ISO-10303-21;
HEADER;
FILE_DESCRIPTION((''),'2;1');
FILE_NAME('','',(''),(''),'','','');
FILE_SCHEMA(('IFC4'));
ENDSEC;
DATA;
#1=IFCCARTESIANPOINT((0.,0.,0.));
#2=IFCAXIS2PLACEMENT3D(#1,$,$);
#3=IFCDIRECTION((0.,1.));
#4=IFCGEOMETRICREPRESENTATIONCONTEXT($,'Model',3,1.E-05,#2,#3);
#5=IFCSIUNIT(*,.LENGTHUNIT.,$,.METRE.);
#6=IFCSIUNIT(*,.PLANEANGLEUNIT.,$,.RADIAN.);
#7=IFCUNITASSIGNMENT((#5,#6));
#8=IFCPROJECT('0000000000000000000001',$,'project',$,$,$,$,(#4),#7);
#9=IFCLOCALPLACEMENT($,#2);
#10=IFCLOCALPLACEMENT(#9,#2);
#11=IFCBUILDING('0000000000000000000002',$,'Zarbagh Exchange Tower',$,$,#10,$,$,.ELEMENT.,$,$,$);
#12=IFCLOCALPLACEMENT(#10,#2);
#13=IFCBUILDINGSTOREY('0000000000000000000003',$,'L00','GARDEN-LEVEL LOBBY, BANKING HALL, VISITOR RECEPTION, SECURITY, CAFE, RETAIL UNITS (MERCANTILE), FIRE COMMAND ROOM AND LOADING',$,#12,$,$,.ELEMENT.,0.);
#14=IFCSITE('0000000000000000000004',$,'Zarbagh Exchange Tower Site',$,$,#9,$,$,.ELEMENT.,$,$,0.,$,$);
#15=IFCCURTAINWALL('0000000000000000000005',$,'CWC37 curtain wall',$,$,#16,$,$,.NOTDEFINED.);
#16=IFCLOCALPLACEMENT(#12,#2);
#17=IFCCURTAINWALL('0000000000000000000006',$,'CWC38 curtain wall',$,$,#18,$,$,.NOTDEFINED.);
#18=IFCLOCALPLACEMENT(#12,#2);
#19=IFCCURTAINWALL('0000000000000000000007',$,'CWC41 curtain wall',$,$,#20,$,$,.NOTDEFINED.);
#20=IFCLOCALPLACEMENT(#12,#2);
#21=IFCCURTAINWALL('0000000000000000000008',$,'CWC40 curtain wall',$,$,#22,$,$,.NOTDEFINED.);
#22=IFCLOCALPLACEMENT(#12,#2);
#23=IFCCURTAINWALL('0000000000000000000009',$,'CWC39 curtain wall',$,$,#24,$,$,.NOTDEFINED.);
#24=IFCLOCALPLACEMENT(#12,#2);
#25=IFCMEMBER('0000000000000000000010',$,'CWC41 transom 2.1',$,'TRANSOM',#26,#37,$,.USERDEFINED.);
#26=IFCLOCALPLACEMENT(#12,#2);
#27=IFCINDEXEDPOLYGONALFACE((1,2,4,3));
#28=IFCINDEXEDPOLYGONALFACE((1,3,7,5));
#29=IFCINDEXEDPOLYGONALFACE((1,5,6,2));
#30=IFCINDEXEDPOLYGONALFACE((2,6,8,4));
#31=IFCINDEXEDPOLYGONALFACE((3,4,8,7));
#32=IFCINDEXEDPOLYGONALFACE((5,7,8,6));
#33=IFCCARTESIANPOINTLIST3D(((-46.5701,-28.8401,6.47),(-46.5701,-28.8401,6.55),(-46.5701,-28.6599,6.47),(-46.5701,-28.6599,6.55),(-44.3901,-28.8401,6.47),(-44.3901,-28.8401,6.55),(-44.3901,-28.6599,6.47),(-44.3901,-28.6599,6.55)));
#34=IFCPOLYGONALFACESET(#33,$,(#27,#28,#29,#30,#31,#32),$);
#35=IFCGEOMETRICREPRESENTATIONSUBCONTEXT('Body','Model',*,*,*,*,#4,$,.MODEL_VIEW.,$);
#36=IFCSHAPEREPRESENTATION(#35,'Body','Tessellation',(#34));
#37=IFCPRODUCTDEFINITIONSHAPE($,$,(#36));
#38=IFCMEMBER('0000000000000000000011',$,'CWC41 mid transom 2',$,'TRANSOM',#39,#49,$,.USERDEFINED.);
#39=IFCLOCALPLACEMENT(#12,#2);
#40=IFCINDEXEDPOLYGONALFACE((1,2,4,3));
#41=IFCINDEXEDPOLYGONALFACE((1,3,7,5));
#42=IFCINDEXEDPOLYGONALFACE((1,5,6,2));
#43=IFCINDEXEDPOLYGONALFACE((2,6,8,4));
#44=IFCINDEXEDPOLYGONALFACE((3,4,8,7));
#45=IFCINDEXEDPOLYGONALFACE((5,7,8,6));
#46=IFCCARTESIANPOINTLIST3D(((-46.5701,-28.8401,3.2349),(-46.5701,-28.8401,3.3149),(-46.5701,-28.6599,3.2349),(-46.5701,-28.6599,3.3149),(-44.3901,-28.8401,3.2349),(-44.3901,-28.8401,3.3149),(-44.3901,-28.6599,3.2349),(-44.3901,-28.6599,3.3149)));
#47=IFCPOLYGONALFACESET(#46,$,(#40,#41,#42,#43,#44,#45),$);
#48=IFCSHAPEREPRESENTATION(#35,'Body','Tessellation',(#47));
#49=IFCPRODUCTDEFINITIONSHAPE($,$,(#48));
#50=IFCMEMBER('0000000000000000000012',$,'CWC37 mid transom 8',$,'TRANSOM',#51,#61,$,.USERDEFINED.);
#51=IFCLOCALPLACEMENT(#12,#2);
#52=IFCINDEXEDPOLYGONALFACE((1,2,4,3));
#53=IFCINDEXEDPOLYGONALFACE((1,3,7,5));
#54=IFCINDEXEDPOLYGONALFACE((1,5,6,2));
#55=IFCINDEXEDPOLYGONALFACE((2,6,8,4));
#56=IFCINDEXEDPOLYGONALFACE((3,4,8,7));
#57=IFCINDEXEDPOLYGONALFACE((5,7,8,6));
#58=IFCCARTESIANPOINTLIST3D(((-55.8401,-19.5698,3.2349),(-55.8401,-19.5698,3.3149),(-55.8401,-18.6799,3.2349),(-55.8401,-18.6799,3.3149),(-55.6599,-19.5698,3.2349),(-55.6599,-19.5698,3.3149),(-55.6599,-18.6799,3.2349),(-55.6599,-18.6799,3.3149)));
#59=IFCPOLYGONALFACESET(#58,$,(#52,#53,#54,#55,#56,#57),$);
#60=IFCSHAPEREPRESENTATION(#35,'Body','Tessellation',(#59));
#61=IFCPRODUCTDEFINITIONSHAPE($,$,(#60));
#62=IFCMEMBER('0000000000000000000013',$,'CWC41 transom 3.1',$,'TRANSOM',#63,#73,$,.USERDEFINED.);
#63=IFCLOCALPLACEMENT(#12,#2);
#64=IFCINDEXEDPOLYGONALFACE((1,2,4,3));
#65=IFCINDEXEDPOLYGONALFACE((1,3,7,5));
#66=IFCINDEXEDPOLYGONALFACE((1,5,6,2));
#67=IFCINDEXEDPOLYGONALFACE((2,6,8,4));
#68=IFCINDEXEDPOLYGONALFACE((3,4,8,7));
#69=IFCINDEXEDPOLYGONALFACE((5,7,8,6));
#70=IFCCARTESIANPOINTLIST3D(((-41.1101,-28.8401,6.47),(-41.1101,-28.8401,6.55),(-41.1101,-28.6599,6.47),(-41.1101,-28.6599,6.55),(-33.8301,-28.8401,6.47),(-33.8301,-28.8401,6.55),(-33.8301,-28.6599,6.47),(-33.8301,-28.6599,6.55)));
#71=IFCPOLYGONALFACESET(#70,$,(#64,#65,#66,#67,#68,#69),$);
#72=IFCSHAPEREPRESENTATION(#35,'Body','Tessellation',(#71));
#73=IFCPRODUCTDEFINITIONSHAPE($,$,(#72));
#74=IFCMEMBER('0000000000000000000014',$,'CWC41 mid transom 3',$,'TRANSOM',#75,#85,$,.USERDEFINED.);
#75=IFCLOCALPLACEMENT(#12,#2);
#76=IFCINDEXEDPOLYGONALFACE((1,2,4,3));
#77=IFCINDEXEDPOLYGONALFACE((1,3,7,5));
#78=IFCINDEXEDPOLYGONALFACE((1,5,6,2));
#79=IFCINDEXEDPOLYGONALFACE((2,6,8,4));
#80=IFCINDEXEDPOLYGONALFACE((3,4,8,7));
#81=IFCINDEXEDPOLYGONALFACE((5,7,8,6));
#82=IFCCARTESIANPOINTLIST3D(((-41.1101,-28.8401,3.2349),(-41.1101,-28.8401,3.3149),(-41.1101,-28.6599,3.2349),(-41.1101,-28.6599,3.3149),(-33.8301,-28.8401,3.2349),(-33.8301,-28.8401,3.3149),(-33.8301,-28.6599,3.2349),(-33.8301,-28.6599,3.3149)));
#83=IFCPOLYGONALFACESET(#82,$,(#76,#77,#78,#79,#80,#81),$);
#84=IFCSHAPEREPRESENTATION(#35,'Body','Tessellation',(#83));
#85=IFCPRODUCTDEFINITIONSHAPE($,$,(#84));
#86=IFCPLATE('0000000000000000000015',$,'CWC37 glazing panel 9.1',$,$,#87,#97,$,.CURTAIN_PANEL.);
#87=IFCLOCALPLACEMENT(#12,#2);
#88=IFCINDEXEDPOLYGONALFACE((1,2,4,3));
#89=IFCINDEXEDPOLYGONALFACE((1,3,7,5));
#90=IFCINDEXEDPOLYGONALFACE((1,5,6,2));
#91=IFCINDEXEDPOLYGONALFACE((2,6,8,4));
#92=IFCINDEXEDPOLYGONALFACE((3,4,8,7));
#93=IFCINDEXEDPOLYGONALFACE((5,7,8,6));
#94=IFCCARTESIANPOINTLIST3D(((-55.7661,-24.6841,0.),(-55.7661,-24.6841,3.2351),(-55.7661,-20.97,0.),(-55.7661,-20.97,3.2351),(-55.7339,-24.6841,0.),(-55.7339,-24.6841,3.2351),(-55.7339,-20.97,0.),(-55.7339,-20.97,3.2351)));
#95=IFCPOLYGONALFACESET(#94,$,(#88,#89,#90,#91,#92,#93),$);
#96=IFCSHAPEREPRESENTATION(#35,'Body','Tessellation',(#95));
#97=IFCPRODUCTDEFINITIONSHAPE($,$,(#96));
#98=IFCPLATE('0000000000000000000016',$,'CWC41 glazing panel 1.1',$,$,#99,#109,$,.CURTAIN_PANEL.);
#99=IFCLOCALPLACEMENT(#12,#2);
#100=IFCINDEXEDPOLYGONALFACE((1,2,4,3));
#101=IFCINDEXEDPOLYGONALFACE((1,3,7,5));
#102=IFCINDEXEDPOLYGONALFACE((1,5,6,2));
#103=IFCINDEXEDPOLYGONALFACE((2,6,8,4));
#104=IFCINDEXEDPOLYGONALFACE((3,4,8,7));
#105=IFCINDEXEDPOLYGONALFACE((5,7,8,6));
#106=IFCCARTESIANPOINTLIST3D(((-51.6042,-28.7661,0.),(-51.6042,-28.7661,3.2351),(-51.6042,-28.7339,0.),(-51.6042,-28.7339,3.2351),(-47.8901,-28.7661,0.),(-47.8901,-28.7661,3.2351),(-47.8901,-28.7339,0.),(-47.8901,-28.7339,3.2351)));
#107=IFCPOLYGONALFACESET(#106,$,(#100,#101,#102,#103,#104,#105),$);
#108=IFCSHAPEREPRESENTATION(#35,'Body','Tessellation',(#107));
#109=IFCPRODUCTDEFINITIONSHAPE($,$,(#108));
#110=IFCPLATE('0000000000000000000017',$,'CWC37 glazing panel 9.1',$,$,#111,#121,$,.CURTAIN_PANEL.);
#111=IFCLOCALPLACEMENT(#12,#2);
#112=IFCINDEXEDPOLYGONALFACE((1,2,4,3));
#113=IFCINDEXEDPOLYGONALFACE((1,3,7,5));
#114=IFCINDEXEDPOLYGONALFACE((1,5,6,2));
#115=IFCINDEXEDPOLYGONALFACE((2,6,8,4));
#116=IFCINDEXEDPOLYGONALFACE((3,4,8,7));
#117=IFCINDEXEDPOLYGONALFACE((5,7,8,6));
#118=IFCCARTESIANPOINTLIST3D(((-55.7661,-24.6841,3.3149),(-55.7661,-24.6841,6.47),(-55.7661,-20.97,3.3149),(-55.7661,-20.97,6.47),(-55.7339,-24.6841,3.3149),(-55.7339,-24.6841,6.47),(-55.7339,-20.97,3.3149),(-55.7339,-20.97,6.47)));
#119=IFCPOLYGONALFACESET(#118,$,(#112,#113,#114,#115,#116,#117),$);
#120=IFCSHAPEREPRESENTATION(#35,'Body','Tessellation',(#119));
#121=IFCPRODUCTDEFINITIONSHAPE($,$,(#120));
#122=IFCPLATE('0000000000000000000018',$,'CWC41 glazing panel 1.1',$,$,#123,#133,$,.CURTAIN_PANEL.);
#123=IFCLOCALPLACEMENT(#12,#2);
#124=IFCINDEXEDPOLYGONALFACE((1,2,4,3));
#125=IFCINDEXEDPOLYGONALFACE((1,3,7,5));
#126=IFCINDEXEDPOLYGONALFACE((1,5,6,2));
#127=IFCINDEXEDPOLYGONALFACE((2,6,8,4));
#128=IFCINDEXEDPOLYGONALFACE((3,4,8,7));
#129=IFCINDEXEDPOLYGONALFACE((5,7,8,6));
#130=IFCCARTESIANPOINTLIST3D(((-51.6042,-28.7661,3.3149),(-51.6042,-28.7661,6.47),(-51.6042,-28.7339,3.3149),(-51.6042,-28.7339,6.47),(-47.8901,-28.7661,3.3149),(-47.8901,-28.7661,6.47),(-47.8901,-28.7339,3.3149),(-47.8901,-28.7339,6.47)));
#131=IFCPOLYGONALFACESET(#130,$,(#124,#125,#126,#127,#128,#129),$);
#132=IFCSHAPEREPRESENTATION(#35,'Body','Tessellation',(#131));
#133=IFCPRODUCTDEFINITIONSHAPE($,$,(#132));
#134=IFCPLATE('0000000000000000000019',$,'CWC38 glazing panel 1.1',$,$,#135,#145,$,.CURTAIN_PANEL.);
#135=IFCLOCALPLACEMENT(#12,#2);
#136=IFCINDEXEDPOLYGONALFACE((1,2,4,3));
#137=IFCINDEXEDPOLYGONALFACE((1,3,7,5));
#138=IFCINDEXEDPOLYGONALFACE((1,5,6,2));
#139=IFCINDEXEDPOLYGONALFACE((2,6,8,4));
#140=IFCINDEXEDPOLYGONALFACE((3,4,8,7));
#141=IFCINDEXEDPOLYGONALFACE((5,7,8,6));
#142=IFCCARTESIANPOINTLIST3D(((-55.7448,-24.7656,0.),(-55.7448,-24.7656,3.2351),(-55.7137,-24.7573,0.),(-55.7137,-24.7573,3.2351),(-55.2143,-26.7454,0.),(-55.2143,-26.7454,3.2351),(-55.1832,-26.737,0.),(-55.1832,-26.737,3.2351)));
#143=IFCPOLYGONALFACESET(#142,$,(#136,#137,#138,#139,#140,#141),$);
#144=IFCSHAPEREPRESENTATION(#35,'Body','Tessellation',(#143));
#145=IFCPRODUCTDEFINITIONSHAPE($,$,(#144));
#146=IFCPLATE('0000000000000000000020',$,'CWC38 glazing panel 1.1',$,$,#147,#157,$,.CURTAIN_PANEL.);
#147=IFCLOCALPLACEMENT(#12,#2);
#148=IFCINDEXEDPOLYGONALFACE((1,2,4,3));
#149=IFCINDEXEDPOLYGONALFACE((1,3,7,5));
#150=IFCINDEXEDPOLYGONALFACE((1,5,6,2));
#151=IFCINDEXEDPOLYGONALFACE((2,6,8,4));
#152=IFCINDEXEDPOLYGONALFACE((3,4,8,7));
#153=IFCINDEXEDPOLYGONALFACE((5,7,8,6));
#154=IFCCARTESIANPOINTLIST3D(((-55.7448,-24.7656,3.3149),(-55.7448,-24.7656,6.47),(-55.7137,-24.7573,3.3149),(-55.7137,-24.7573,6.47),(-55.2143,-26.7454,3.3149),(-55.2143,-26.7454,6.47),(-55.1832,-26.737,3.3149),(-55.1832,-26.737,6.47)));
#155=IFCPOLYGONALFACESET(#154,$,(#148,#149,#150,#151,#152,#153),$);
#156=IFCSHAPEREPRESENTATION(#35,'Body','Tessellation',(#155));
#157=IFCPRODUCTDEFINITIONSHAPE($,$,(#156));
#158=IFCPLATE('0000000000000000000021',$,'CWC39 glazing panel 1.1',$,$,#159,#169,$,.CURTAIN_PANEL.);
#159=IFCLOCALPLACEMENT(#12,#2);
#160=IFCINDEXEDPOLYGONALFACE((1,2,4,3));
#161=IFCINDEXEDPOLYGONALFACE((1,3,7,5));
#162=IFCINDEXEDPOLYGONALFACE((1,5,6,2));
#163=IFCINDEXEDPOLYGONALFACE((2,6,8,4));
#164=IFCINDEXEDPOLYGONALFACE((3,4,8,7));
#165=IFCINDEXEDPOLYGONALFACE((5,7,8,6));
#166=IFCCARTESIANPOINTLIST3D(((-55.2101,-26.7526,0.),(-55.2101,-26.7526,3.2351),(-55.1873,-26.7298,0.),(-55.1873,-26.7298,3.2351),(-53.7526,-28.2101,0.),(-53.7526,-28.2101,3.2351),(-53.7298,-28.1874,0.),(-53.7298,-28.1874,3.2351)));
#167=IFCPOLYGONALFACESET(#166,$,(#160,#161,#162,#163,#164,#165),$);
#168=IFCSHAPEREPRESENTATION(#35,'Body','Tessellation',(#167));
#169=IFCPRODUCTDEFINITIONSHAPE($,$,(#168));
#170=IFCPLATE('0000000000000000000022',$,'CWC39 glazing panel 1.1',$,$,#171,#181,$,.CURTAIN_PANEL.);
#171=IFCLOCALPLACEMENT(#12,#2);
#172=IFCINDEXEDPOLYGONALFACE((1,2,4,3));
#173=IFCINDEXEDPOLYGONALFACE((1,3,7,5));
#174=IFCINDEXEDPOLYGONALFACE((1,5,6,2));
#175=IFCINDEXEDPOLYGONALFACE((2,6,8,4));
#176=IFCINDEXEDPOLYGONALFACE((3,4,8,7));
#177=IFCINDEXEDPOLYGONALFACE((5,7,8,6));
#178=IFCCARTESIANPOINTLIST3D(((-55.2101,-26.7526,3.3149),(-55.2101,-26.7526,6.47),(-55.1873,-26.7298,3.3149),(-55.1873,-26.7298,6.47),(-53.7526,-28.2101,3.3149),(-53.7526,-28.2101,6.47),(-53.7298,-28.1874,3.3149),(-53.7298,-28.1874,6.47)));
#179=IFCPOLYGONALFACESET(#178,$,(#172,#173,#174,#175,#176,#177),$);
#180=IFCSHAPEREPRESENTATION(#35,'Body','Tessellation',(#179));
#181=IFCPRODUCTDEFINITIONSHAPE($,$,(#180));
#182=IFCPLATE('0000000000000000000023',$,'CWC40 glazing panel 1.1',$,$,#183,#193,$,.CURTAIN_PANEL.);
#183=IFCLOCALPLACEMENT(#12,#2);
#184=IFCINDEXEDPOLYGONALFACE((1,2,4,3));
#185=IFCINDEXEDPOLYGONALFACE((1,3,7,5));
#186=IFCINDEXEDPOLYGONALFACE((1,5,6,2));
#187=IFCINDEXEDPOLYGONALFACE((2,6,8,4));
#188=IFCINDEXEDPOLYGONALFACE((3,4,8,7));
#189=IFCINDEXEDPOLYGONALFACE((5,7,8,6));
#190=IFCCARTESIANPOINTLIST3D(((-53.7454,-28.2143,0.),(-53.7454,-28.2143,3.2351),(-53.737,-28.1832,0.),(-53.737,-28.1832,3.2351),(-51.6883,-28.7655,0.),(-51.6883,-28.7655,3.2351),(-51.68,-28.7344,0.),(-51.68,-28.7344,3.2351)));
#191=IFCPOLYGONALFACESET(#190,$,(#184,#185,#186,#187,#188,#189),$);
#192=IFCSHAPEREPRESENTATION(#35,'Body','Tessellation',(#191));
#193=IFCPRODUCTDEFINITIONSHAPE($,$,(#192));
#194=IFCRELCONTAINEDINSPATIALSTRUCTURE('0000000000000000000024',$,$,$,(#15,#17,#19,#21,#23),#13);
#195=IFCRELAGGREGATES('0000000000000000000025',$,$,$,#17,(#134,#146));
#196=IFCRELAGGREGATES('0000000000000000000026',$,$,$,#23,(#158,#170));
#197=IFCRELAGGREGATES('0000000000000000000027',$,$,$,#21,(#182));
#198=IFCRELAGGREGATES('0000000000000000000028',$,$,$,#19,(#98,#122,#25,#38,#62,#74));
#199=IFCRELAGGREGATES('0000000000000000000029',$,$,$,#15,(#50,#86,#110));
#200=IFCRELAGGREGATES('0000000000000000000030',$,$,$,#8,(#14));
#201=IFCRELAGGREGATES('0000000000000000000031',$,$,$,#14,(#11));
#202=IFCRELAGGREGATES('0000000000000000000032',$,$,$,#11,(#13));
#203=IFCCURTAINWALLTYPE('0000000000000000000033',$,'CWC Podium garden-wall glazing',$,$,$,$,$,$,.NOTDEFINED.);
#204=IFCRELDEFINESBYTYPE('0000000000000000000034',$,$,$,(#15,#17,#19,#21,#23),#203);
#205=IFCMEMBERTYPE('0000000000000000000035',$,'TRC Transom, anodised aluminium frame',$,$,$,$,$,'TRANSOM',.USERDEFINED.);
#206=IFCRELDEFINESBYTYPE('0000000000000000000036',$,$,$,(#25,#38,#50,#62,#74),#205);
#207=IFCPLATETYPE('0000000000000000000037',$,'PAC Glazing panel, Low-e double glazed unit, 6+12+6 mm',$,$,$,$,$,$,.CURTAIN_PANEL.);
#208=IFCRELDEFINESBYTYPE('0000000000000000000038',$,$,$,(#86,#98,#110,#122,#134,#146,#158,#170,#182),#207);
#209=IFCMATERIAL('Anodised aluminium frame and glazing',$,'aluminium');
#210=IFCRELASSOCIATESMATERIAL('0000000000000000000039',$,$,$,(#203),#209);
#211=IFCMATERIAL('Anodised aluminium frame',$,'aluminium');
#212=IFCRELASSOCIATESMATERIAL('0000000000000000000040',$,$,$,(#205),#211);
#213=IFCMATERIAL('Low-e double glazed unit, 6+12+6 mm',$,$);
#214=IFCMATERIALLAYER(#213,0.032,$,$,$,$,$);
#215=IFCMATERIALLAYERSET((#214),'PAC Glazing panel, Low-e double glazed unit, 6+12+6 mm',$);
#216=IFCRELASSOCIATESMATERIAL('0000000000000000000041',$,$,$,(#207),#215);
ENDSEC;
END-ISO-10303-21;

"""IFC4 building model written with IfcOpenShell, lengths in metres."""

from ifc_helpers import new_model, si_unit, direction, origin, place, context, subcontext, project, spatial, polyline, outline, extrude, source, transform, mapped, material, layer, layer_set, type_object, element, aggregate, save


model = new_model("IFC4")

# Units and contexts
model_context = context("Model", 3, precision=1e-05, world=origin(), true_north=direction((0.0, 1.0)))
body_context = subcontext(model_context, "Body", "Model", "MODEL_VIEW")
ifc_project = project(units=[si_unit("LENGTHUNIT", "METRE"), si_unit("PLANEANGLEUNIT", "RADIAN")], contexts=[model_context])

# Site, building, storey
site_placement = place(None, origin())
site = spatial("IfcSite", under=ifc_project, at=site_placement, Name="Zarbagh Exchange Tower Site", CompositionType="ELEMENT", RefElevation=0.0)
building_placement = place(site_placement, origin())
building = spatial("IfcBuilding", under=site, at=building_placement, Name="Zarbagh Exchange Tower", CompositionType="ELEMENT")
storey_placement = place(building_placement, origin())
storey = spatial("IfcBuildingStorey", under=building, at=storey_placement, Name="L00", Description="GARDEN-LEVEL LOBBY, BANKING HALL, VISITOR RECEPTION, SECURITY, CAFE, RETAIL UNITS (MERCANTILE), FIRE COMMAND ROOM AND LOADING", CompositionType="ELEMENT", Elevation=0.0)

# Curtain walls
ifc_material_1 = material(Name="Anodised aluminium frame and glazing", Category="aluminium")
curtain_wall_type = type_object("IfcCurtainWallType", Name="CWC Podium garden-wall glazing", PredefinedType="NOTDEFINED", material=ifc_material_1)
curtain_wall_1_placement = place(storey_placement, origin())
curtain_wall_1 = element("IfcCurtainWall", 1, at=curtain_wall_1_placement, inside=storey, type_object=curtain_wall_type, Name="CWC37 curtain wall", PredefinedType="NOTDEFINED")
ifc_material_2 = material(Name="Anodised aluminium frame", Category="aluminium")
placement = place(storey_placement, origin())
curtain_wall_2_placement = place(storey_placement, origin())
curtain_wall_2 = element("IfcCurtainWall", 2, at=curtain_wall_2_placement, inside=storey, type_object=curtain_wall_type, Name="CWC38 curtain wall", PredefinedType="NOTDEFINED")

# Curtain wall
curtain_wall_3_placement = place(storey_placement, origin())
curtain_wall_3 = element("IfcCurtainWall", 3, at=curtain_wall_3_placement, inside=storey, type_object=curtain_wall_type, Name="CWC41 curtain wall", PredefinedType="NOTDEFINED")

# Shared definitions
member_type_1 = type_object("IfcMemberType", Name="TRC Transom, anodised aluminium frame", ElementType="TRANSOM", PredefinedType="USERDEFINED", material=ifc_material_2)

# Curtain wall
curtain_wall_4_placement = place(storey_placement, origin())
curtain_wall_4 = element("IfcCurtainWall", 4, at=curtain_wall_4_placement, inside=storey, type_object=curtain_wall_type, Name="CWC40 curtain wall", PredefinedType="NOTDEFINED")

# Curtain wall
curtain_wall_5_placement = place(storey_placement, origin())
curtain_wall_5 = element("IfcCurtainWall", 5, at=curtain_wall_5_placement, inside=storey, type_object=curtain_wall_type, Name="CWC39 curtain wall", PredefinedType="NOTDEFINED")

# Members
shared_shape_1 = source(origin(), body_context, "Body", "SweptSolid", [
    extrude(outline(polyline([(-0.0801, -0.0901), (0.0, -0.0901), (0.0, 0.0901), (-0.0801, 0.0901), (-0.0801, -0.0901)])), origin(), (0.0, 0.0, 1.0), 2.1799),
])
member_1 = element("IfcMember", 6, at=placement, type_object=member_type_1, Name="CWC41 transom 2.1", ObjectType="TRANSOM", PredefinedType="USERDEFINED", context=body_context, shape_type="MappedRepresentation", body=[
    mapped(shared_shape_1, transform((-46.5701, -28.75, 6.55), x_axis=(0.0, 0.0, 1.0), y_axis=(0.0, -1.0, 0.0), z_axis=(1.0, 0.0, 0.0))),
])
shared_shape_2 = source(origin(), body_context, "Body", "SweptSolid", [
    extrude(outline(polyline([(-0.04, -0.0901), (0.04, -0.0901), (0.04, 0.0901), (-0.04, 0.0901), (-0.04, -0.0901)])), origin(), (0.0, 0.0, 1.0), 2.1799),
])
member_2 = element("IfcMember", 7, at=placement, type_object=member_type_1, Name="CWC41 mid transom 2", ObjectType="TRANSOM", PredefinedType="USERDEFINED", context=body_context, shape_type="MappedRepresentation", body=[
    mapped(shared_shape_2, transform((-46.5701, -28.75, 3.2749), x_axis=(0.0, 0.0, 1.0), y_axis=(0.0, -1.0, 0.0), z_axis=(1.0, 0.0, 0.0))),
])
shared_shape_3 = source(origin(), body_context, "Body", "SweptSolid", [
    extrude(outline(polyline([(-0.04, -0.0901), (0.04, -0.0901), (0.04, 0.0901), (-0.04, 0.0901), (-0.04, -0.0901)])), origin(), (0.0, 0.0, 1.0), 0.8899),
])
member_3 = element("IfcMember", 8, at=placement, type_object=member_type_1, Name="CWC37 mid transom 8", ObjectType="TRANSOM", PredefinedType="USERDEFINED", context=body_context, shape_type="MappedRepresentation", body=[
    mapped(shared_shape_3, transform((-55.75, -18.6799, 3.2749), x_axis=(0.0, 0.0, 1.0), y_axis=(-1.0, 0.0, 0.0), z_axis=(0.0, -1.0, 0.0))),
])
shared_shape_4 = source(origin(), body_context, "Body", "SweptSolid", [
    extrude(outline(polyline([(-0.0801, -0.0901), (0.0, -0.0901), (0.0, 0.0901), (-0.0801, 0.0901), (-0.0801, -0.0901)])), origin(), (0.0, 0.0, 1.0), 7.28),
])
member_4 = element("IfcMember", 9, at=placement, type_object=member_type_1, Name="CWC41 transom 3.1", ObjectType="TRANSOM", PredefinedType="USERDEFINED", context=body_context, shape_type="MappedRepresentation", body=[
    mapped(shared_shape_4, transform((-41.1101, -28.75, 6.55), x_axis=(0.0, 0.0, 1.0), y_axis=(0.0, -1.0, 0.0), z_axis=(1.0, 0.0, 0.0))),
])
shared_shape_5 = source(origin(), body_context, "Body", "SweptSolid", [
    extrude(outline(polyline([(-0.04, -0.0901), (0.04, -0.0901), (0.04, 0.0901), (-0.04, 0.0901), (-0.04, -0.0901)])), origin(), (0.0, 0.0, 1.0), 7.28),
])
member_5 = element("IfcMember", 10, at=placement, type_object=member_type_1, Name="CWC41 mid transom 3", ObjectType="TRANSOM", PredefinedType="USERDEFINED", context=body_context, shape_type="MappedRepresentation", body=[
    mapped(shared_shape_5, transform((-41.1101, -28.75, 3.2749), x_axis=(0.0, 0.0, 1.0), y_axis=(0.0, -1.0, 0.0), z_axis=(1.0, 0.0, 0.0))),
])

# Plates
ifc_material_3 = material(Name="Low-e double glazed unit, 6+12+6 mm")
ifc_layer = layer(ifc_material_3, 0.032)
ifc_layer_set = layer_set([ifc_layer], Name="PAC Glazing panel, Low-e double glazed unit, 6+12+6 mm")
plate_type = type_object("IfcPlateType", Name="PAC Glazing panel, Low-e double glazed unit, 6+12+6 mm", PredefinedType="CURTAIN_PANEL", material=ifc_layer_set)
shared_shape_6 = source(origin(), body_context, "Body", "SweptSolid", [
    extrude(outline(polyline([(0.0, -0.0161), (3.7141, -0.0161), (3.7141, 0.0161), (0.0, 0.0161), (0.0, -0.0161)])), origin(), (0.0, 0.0, 1.0), 3.2351),
])
plate_1 = element("IfcPlate", 11, at=placement, type_object=plate_type, Name="CWC37 glazing panel 9.1", PredefinedType="CURTAIN_PANEL", context=body_context, shape_type="MappedRepresentation", body=[
    mapped(shared_shape_6, transform((-55.75, -20.97, 0.0), x_axis=(0.0, -1.0, 0.0), y_axis=(1.0, 0.0, 0.0), z_axis=(0.0, 0.0, 1.0))),
])
plate_2 = element("IfcPlate", 12, at=placement, type_object=plate_type, Name="CWC41 glazing panel 1.1", PredefinedType="CURTAIN_PANEL", context=body_context, shape_type="MappedRepresentation", body=[
    mapped(shared_shape_6, transform((-51.6042, -28.75, 0.0), x_axis=(1.0, 0.0, 0.0), y_axis=(0.0, 1.0, 0.0), z_axis=(0.0, 0.0, 1.0))),
])
shared_shape_7 = source(origin(), body_context, "Body", "SweptSolid", [
    extrude(outline(polyline([(0.0, -0.0161), (3.7141, -0.0161), (3.7141, 0.0161), (0.0, 0.0161), (0.0, -0.0161)])), origin(), (0.0, 0.0, 1.0), 3.155),
])
plate_3 = element("IfcPlate", 13, at=placement, type_object=plate_type, Name="CWC37 glazing panel 9.1", PredefinedType="CURTAIN_PANEL", context=body_context, shape_type="MappedRepresentation", body=[
    mapped(shared_shape_7, transform((-55.75, -20.97, 3.3149), x_axis=(0.0, -1.0, 0.0), y_axis=(1.0, 0.0, 0.0), z_axis=(0.0, 0.0, 1.0))),
])
plate_4 = element("IfcPlate", 14, at=placement, type_object=plate_type, Name="CWC41 glazing panel 1.1", PredefinedType="CURTAIN_PANEL", context=body_context, shape_type="MappedRepresentation", body=[
    mapped(shared_shape_7, transform((-51.6042, -28.75, 3.3149), x_axis=(1.0, 0.0, 0.0), y_axis=(0.0, 1.0, 0.0), z_axis=(0.0, 0.0, 1.0))),
])
shared_shape_8 = source(origin(), body_context, "Body", "SweptSolid", [
    extrude(outline(polyline([(0.0, -0.0161), (2.0496, -0.0161), (2.0496, 0.0161), (0.0, 0.0161), (0.0, -0.0161)])), origin(), (0.0, 0.0, 1.0), 3.2351),
])
plate_5 = element("IfcPlate", 15, at=placement, type_object=plate_type, Name="CWC38 glazing panel 1.1", PredefinedType="CURTAIN_PANEL", context=body_context, shape_type="MappedRepresentation", body=[
    mapped(shared_shape_8, transform((-55.7292, -24.7615, 0.0), x_axis=(0.258825, -0.965924, 0.0), y_axis=(0.965924, 0.258825, 0.0), z_axis=(0.0, 0.0, 1.0))),
])
shared_shape_9 = source(origin(), body_context, "Body", "SweptSolid", [
    extrude(outline(polyline([(0.0, -0.0161), (2.0496, -0.0161), (2.0496, 0.0161), (0.0, 0.0161), (0.0, -0.0161)])), origin(), (0.0, 0.0, 1.0), 3.155),
])
plate_6 = element("IfcPlate", 16, at=placement, type_object=plate_type, Name="CWC38 glazing panel 1.1", PredefinedType="CURTAIN_PANEL", context=body_context, shape_type="MappedRepresentation", body=[
    mapped(shared_shape_9, transform((-55.7292, -24.7615, 3.3149), x_axis=(0.258825, -0.965924, 0.0), y_axis=(0.965924, 0.258825, 0.0), z_axis=(0.0, 0.0, 1.0))),
])
aggregate(curtain_wall_2, [plate_5, plate_6])
shared_shape_10 = source(origin(), body_context, "Body", "SweptSolid", [
    extrude(outline(polyline([(0.0, -0.0161), (2.0613, -0.0161), (2.0613, 0.0161), (0.0, 0.0161), (0.0, -0.0161)])), origin(), (0.0, 0.0, 1.0), 3.2351),
])
plate_7 = element("IfcPlate", 17, at=placement, type_object=plate_type, Name="CWC39 glazing panel 1.1", PredefinedType="CURTAIN_PANEL", context=body_context, shape_type="MappedRepresentation", body=[
    mapped(shared_shape_10, transform((-55.1987, -26.7412, 0.0), x_axis=(0.707107, -0.707107, 0.0), y_axis=(0.707107, 0.707107, 0.0), z_axis=(0.0, 0.0, 1.0))),
])
shared_shape_11 = source(origin(), body_context, "Body", "SweptSolid", [
    extrude(outline(polyline([(0.0, -0.0161), (2.0613, -0.0161), (2.0613, 0.0161), (0.0, 0.0161), (0.0, -0.0161)])), origin(), (0.0, 0.0, 1.0), 3.155),
])
plate_8 = element("IfcPlate", 18, at=placement, type_object=plate_type, Name="CWC39 glazing panel 1.1", PredefinedType="CURTAIN_PANEL", context=body_context, shape_type="MappedRepresentation", body=[
    mapped(shared_shape_11, transform((-55.1987, -26.7412, 3.3149), x_axis=(0.707107, -0.707107, 0.0), y_axis=(0.707107, 0.707107, 0.0), z_axis=(0.0, 0.0, 1.0))),
])
aggregate(curtain_wall_5, [plate_7, plate_8])
shared_shape_12 = source(origin(), body_context, "Body", "SweptSolid", [
    extrude(outline(polyline([(0.0, -0.0161), (2.1296, -0.0161), (2.1296, 0.0161), (0.0, 0.0161), (0.0, -0.0161)])), origin(), (0.0, 0.0, 1.0), 3.2351),
])
plate_9 = element("IfcPlate", 19, at=placement, type_object=plate_type, Name="CWC40 glazing panel 1.1", PredefinedType="CURTAIN_PANEL", context=body_context, shape_type="MappedRepresentation", body=[
    mapped(shared_shape_12, transform((-53.7412, -28.1987, 0.0), x_axis=(0.965924, -0.258825, 0.0), y_axis=(0.258825, 0.965924, 0.0), z_axis=(0.0, 0.0, 1.0))),
])
aggregate(curtain_wall_4, [plate_9])
aggregate(curtain_wall_3, [plate_2, plate_4, member_1, member_2, member_4, member_5])
aggregate(curtain_wall_1, [member_3, plate_1, plate_3])

save(model, "model.ifc")
